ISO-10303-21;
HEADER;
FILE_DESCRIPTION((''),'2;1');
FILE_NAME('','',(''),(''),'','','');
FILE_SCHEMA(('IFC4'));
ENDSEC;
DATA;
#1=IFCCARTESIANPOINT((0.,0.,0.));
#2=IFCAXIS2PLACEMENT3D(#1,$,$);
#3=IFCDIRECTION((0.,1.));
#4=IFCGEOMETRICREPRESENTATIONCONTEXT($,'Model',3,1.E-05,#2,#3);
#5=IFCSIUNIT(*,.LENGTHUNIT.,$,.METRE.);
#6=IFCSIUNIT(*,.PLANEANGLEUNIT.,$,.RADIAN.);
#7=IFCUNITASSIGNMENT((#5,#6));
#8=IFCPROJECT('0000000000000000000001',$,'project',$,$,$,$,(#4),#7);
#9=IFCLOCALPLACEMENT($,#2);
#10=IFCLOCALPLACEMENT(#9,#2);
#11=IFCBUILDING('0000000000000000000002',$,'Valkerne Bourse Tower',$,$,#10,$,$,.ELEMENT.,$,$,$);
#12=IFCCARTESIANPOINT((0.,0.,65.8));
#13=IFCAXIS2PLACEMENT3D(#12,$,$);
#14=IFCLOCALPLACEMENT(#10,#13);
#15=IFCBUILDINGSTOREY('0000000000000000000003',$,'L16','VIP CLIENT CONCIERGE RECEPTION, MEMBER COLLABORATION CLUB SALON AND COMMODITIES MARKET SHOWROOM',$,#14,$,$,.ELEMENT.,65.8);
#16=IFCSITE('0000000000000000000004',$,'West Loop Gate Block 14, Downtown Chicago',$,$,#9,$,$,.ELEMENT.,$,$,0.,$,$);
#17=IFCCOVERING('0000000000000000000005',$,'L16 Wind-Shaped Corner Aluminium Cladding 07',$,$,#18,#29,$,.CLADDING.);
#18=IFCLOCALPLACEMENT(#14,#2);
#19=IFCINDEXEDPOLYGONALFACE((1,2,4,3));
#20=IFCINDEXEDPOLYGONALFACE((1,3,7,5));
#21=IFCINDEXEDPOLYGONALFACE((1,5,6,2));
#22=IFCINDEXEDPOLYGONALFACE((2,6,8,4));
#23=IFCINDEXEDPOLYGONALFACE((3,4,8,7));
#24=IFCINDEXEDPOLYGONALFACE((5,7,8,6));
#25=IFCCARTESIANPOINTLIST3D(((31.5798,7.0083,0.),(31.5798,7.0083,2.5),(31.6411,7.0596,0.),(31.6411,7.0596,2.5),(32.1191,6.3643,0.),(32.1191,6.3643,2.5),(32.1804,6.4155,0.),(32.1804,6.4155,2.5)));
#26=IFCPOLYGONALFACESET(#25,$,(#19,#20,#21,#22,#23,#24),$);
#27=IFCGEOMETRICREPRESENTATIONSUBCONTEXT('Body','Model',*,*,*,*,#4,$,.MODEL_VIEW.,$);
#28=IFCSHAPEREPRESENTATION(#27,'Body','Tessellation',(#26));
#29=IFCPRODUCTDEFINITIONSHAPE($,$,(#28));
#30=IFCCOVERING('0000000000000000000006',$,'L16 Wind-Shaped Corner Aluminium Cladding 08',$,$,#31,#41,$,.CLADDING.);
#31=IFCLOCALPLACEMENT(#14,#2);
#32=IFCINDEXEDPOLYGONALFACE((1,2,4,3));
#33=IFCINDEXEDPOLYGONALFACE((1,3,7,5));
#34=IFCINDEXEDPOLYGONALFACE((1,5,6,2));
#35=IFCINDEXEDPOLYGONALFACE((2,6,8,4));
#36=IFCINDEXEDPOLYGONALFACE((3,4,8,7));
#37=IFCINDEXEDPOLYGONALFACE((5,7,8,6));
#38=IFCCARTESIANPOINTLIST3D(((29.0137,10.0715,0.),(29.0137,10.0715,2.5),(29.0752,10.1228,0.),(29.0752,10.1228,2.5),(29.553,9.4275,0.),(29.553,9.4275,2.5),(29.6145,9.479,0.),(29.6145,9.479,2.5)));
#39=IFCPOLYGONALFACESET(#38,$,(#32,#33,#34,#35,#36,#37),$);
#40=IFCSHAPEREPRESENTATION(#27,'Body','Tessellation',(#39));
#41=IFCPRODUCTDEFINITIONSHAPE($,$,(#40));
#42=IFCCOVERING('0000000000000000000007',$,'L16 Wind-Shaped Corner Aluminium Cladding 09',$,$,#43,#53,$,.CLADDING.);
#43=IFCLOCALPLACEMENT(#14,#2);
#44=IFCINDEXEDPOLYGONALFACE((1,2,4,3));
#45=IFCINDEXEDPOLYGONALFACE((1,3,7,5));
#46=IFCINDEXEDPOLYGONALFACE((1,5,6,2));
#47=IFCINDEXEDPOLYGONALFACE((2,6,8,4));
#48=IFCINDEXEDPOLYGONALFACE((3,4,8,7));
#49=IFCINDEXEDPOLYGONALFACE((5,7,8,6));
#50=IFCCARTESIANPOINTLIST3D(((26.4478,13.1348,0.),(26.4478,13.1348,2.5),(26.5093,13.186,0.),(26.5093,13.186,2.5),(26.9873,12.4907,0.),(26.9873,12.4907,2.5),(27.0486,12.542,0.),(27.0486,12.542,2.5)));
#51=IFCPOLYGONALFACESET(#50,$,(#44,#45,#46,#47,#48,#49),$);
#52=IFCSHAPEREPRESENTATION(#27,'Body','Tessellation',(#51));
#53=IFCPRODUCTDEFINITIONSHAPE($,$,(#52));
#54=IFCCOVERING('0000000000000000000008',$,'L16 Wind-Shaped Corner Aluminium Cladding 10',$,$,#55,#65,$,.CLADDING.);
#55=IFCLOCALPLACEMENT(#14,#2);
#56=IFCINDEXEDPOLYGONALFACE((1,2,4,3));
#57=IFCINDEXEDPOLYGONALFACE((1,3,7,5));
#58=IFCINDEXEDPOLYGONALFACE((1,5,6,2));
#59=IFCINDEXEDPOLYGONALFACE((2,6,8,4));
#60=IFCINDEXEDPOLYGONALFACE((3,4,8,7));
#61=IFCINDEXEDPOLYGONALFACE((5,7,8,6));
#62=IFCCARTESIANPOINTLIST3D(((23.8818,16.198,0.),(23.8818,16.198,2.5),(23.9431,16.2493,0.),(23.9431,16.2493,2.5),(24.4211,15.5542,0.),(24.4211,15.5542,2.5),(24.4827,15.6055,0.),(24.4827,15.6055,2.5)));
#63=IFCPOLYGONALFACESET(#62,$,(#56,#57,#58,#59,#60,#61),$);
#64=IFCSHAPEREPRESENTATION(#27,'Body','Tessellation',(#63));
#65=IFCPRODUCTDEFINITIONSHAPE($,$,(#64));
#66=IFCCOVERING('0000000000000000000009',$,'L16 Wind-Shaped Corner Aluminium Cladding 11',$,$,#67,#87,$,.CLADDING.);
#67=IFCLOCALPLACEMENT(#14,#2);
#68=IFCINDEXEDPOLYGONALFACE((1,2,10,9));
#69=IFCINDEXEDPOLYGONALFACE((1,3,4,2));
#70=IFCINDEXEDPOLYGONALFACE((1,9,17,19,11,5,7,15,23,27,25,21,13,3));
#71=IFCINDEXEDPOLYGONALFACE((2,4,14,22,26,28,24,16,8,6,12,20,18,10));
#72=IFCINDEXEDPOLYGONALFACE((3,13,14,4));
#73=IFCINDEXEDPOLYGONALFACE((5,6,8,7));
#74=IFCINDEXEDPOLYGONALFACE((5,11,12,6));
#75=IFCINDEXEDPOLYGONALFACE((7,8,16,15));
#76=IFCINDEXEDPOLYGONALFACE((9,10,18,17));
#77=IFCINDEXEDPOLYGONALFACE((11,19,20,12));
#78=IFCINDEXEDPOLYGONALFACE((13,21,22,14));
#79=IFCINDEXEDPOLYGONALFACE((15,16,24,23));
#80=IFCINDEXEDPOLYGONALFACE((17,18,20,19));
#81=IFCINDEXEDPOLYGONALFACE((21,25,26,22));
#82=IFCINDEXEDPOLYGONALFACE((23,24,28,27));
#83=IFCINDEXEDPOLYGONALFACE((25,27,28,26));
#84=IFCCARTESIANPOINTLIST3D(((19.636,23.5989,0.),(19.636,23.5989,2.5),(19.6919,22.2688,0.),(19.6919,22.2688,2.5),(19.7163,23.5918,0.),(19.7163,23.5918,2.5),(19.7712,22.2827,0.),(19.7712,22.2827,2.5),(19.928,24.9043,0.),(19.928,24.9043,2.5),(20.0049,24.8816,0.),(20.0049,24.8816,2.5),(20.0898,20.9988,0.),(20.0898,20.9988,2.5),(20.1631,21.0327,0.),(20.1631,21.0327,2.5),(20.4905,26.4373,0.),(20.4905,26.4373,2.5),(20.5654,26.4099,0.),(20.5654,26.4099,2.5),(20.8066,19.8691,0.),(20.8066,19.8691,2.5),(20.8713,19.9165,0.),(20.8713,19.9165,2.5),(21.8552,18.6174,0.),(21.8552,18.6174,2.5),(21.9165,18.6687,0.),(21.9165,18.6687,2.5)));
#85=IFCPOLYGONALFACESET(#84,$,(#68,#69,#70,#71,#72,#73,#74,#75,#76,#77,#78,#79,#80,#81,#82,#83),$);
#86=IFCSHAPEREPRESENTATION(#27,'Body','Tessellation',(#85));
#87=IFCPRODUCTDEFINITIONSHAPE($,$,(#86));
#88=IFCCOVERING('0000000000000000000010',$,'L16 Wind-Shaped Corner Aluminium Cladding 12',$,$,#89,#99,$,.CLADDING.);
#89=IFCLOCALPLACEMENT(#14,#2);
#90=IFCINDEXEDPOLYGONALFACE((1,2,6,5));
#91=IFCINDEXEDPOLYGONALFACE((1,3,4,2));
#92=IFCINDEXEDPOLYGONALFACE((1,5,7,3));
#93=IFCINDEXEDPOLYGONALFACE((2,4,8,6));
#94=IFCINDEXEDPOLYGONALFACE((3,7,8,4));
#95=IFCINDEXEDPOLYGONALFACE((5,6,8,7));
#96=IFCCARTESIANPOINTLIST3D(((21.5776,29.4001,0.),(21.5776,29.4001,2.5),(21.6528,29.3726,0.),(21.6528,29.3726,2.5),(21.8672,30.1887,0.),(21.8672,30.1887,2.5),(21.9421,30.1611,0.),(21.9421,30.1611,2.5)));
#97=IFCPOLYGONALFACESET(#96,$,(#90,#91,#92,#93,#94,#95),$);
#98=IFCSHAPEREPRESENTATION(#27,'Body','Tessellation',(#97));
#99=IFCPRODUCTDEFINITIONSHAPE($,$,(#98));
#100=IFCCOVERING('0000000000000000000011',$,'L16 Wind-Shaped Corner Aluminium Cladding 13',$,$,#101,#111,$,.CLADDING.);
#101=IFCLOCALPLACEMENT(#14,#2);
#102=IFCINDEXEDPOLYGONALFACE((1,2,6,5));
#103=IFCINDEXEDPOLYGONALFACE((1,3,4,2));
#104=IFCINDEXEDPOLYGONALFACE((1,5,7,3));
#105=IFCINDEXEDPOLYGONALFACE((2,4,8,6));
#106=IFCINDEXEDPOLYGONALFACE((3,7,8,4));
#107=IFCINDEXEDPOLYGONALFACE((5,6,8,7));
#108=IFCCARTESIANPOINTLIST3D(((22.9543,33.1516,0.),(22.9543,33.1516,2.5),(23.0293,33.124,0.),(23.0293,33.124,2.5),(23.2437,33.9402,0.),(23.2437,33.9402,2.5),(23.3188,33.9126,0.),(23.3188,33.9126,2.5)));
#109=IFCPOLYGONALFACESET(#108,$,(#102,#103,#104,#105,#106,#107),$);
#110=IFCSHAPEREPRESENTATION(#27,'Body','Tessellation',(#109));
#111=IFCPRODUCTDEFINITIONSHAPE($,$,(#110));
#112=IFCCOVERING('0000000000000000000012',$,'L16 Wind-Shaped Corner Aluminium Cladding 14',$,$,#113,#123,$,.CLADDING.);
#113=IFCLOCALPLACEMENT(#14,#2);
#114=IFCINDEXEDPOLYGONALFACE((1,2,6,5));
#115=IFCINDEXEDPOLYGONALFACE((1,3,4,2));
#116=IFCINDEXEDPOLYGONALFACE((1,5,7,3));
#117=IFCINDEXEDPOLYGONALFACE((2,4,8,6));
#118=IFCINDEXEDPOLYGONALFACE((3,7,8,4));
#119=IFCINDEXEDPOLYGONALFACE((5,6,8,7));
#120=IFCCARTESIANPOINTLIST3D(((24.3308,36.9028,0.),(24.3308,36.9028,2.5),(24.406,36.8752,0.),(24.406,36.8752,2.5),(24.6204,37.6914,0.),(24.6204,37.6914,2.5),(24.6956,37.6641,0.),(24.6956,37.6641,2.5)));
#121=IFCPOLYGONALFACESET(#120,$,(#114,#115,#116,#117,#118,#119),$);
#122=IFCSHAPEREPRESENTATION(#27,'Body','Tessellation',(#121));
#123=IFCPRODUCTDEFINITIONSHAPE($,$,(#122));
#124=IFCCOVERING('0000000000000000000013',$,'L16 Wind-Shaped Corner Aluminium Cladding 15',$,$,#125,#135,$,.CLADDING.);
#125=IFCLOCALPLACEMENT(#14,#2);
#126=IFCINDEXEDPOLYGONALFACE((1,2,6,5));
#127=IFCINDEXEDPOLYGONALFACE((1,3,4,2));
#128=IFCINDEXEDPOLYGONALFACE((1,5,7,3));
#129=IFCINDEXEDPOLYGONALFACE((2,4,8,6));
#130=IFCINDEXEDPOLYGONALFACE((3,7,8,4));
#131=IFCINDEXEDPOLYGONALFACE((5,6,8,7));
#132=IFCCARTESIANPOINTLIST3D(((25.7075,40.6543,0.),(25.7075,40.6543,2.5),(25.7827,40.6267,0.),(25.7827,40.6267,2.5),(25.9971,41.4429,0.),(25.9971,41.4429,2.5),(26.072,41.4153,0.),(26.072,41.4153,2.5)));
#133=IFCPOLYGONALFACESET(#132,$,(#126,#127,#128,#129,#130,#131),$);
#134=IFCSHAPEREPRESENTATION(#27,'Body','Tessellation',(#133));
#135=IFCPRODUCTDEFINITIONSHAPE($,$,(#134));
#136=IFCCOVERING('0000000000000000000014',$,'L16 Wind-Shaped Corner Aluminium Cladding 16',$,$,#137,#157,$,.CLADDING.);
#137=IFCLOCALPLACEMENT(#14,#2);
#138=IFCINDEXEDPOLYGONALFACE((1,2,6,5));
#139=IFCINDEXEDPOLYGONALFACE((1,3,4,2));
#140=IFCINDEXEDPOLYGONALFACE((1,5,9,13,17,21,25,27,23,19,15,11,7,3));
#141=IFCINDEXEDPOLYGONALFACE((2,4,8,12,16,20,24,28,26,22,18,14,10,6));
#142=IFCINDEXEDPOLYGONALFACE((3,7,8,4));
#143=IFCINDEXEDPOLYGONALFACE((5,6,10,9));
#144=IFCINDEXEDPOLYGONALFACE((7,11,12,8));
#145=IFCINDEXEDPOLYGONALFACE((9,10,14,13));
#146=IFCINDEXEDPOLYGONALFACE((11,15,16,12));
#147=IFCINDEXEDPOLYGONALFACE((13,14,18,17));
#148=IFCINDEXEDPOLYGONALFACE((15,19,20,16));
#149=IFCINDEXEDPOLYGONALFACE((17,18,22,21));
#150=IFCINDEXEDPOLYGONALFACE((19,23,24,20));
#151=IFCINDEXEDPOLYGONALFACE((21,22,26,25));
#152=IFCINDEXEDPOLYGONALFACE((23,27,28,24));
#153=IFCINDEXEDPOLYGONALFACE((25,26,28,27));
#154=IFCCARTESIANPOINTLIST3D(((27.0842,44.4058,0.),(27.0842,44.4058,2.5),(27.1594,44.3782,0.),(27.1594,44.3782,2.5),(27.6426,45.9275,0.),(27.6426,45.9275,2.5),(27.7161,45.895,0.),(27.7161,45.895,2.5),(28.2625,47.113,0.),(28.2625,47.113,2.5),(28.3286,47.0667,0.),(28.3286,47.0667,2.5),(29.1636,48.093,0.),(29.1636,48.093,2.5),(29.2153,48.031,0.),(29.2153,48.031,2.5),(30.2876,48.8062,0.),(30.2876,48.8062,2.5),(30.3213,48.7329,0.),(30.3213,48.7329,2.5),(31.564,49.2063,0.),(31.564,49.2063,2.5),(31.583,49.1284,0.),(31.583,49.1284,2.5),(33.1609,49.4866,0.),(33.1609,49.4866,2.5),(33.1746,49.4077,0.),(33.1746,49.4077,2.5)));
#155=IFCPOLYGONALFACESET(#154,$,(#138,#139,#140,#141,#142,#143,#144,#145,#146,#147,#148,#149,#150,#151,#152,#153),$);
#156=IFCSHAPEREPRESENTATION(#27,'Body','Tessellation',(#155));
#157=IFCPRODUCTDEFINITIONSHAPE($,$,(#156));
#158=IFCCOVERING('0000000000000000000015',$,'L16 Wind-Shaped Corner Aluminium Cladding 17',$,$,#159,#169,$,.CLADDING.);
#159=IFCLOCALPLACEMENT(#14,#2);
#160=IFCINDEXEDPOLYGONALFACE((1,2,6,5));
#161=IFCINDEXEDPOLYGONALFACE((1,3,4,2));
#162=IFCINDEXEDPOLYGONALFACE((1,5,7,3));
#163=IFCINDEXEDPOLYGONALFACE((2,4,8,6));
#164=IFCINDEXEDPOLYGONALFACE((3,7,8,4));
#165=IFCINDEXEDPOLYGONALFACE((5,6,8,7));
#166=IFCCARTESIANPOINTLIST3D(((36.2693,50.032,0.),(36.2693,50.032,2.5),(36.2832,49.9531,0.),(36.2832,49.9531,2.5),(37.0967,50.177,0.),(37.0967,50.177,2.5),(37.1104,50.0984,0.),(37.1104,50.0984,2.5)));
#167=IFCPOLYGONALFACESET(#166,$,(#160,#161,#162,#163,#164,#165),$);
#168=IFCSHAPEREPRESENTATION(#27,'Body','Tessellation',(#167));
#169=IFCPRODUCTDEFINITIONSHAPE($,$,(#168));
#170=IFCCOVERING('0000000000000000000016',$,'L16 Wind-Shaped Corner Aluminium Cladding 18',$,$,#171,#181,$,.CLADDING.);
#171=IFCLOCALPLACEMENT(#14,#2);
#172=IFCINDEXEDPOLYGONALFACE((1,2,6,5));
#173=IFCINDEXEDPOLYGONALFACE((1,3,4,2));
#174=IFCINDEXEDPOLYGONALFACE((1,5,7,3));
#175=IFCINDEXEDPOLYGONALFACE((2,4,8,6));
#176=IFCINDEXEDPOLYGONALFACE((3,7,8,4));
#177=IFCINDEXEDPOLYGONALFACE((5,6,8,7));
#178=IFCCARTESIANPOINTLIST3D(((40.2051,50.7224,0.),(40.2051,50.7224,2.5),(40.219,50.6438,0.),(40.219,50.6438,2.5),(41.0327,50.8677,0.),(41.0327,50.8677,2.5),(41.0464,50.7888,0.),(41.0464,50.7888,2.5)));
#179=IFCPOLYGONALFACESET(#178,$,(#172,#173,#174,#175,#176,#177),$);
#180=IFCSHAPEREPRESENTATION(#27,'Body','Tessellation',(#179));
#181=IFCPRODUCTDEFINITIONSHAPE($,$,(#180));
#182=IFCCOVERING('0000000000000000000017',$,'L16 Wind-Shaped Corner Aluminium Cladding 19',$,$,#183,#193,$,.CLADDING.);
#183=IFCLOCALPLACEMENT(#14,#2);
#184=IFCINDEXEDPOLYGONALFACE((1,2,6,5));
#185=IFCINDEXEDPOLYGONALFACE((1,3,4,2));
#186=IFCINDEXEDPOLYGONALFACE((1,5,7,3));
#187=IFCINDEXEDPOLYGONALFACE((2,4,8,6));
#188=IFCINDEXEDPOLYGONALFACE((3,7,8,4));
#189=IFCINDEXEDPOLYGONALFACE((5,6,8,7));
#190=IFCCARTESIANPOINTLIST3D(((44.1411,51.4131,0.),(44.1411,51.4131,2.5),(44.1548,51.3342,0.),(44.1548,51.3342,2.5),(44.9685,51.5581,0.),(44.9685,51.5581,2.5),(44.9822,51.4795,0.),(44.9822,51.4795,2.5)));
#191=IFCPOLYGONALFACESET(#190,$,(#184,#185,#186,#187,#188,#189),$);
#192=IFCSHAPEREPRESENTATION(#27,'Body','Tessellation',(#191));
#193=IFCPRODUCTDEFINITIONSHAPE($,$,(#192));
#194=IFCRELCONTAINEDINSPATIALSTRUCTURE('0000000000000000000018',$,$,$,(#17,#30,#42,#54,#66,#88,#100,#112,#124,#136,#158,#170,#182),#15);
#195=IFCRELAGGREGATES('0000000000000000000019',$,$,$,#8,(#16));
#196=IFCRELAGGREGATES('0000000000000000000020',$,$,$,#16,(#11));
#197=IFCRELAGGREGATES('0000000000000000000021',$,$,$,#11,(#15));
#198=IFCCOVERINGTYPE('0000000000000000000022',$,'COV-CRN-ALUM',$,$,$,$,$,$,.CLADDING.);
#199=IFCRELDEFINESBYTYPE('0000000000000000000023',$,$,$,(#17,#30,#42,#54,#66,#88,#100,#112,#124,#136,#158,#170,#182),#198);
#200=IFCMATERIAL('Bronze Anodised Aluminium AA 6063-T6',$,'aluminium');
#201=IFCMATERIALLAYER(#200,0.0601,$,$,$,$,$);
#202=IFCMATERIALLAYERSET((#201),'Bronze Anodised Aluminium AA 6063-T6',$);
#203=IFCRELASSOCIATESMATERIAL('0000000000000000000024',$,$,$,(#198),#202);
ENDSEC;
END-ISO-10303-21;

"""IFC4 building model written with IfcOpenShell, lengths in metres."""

from ifc_helpers import new_model, si_unit, direction, frame, origin, place, context, subcontext, project, spatial, polyline, outline, extrude, material, layer, layer_set, type_object, element, save


model = new_model("IFC4")

# Units and contexts
model_context = context("Model", 3, precision=1e-05, world=origin(), true_north=direction((0.0, 1.0)))
body_context = subcontext(model_context, "Body", "Model", "MODEL_VIEW")
ifc_project = project(units=[si_unit("LENGTHUNIT", "METRE"), si_unit("PLANEANGLEUNIT", "RADIAN")], contexts=[model_context])

# Site, building, storey
site_placement = place(None, origin())
site = spatial("IfcSite", under=ifc_project, at=site_placement, Name="West Loop Gate Block 14, Downtown Chicago", CompositionType="ELEMENT", RefElevation=0.0)
building_placement = place(site_placement, origin())
building = spatial("IfcBuilding", under=site, at=building_placement, Name="Valkerne Bourse Tower", CompositionType="ELEMENT")
storey_placement = place(building_placement, frame((0.0, 0.0, 65.8)))
storey = spatial("IfcBuildingStorey", under=building, at=storey_placement, Name="L16", Description="VIP CLIENT CONCIERGE RECEPTION, MEMBER COLLABORATION CLUB SALON AND COMMODITIES MARKET SHOWROOM", CompositionType="ELEMENT", Elevation=65.8)

# Coverings
ifc_material_1 = material(Name="Bronze Anodised Aluminium AA 6063-T6", Category="aluminium")
ifc_layer_1 = layer(ifc_material_1, 0.0601)
ifc_layer_set_1 = layer_set([ifc_layer_1], Name="Bronze Anodised Aluminium AA 6063-T6")
covering_type = type_object("IfcCoveringType", Name="COV-CRN-ALUM", PredefinedType="CLADDING", material=ifc_layer_set_1)
covering_1_placement = place(storey_placement, origin())
element("IfcCovering", 1, at=covering_1_placement, inside=storey, type_object=covering_type, Name="L16 Wind-Shaped Corner Aluminium Cladding 07", PredefinedType="CLADDING", context=body_context, shape_type="SweptSolid", body=[
    extrude(outline(polyline([(31.5798, 7.0083), (31.6411, 7.0596), (32.1804, 6.4155), (32.1191, 6.3643), (31.5798, 7.0083)])), origin(), (0.0, 0.0, 1.0), 2.5),
])
covering_2_placement = place(storey_placement, origin())
element("IfcCovering", 2, at=covering_2_placement, inside=storey, type_object=covering_type, Name="L16 Wind-Shaped Corner Aluminium Cladding 08", PredefinedType="CLADDING", context=body_context, shape_type="SweptSolid", body=[
    extrude(outline(polyline([(29.0137, 10.0715), (29.0752, 10.1228), (29.6145, 9.479), (29.553, 9.4275), (29.0137, 10.0715)])), origin(), (0.0, 0.0, 1.0), 2.5),
])
covering_3_placement = place(storey_placement, origin())
element("IfcCovering", 3, at=covering_3_placement, inside=storey, type_object=covering_type, Name="L16 Wind-Shaped Corner Aluminium Cladding 09", PredefinedType="CLADDING", context=body_context, shape_type="SweptSolid", body=[
    extrude(outline(polyline([(26.4478, 13.1348), (26.5093, 13.186), (27.0486, 12.542), (26.9873, 12.4907), (26.4478, 13.1348)])), origin(), (0.0, 0.0, 1.0), 2.5),
])
covering_4_placement = place(storey_placement, origin())
element("IfcCovering", 4, at=covering_4_placement, inside=storey, type_object=covering_type, Name="L16 Wind-Shaped Corner Aluminium Cladding 10", PredefinedType="CLADDING", context=body_context, shape_type="SweptSolid", body=[
    extrude(outline(polyline([(23.8818, 16.198), (23.9431, 16.2493), (24.4827, 15.6055), (24.4211, 15.5542), (23.8818, 16.198)])), origin(), (0.0, 0.0, 1.0), 2.5),
])
covering_5_placement = place(storey_placement, origin())
element("IfcCovering", 5, at=covering_5_placement, inside=storey, type_object=covering_type, Name="L16 Wind-Shaped Corner Aluminium Cladding 11", PredefinedType="CLADDING", context=body_context, shape_type="SweptSolid", body=[
    extrude(outline(polyline([(20.8066, 19.8691), (20.0898, 20.9988), (19.6919, 22.2688), (19.636, 23.5989), (19.928, 24.9043), (20.4905, 26.4373), (20.5654, 26.4099), (20.0049, 24.8816), (19.7163, 23.5918), (19.7712, 22.2827), (20.1631, 21.0327), (20.8713, 19.9165), (21.9165, 18.6687), (21.8552, 18.6174), (20.8066, 19.8691)])), origin(), (0.0, 0.0, 1.0), 2.5),
])
covering_6_placement = place(storey_placement, origin())
element("IfcCovering", 6, at=covering_6_placement, inside=storey, type_object=covering_type, Name="L16 Wind-Shaped Corner Aluminium Cladding 12", PredefinedType="CLADDING", context=body_context, shape_type="SweptSolid", body=[
    extrude(outline(polyline([(21.8672, 30.1887), (21.9421, 30.1611), (21.6528, 29.3726), (21.5776, 29.4001), (21.8672, 30.1887)])), origin(), (0.0, 0.0, 1.0), 2.5),
])
covering_7_placement = place(storey_placement, origin())
element("IfcCovering", 7, at=covering_7_placement, inside=storey, type_object=covering_type, Name="L16 Wind-Shaped Corner Aluminium Cladding 13", PredefinedType="CLADDING", context=body_context, shape_type="SweptSolid", body=[
    extrude(outline(polyline([(23.2437, 33.9402), (23.3188, 33.9126), (23.0293, 33.124), (22.9543, 33.1516), (23.2437, 33.9402)])), origin(), (0.0, 0.0, 1.0), 2.5),
])
covering_8_placement = place(storey_placement, origin())
element("IfcCovering", 8, at=covering_8_placement, inside=storey, type_object=covering_type, Name="L16 Wind-Shaped Corner Aluminium Cladding 14", PredefinedType="CLADDING", context=body_context, shape_type="SweptSolid", body=[
    extrude(outline(polyline([(24.6204, 37.6914), (24.6956, 37.6641), (24.406, 36.8752), (24.3308, 36.9028), (24.6204, 37.6914)])), origin(), (0.0, 0.0, 1.0), 2.5),
])
covering_9_placement = place(storey_placement, origin())
element("IfcCovering", 9, at=covering_9_placement, inside=storey, type_object=covering_type, Name="L16 Wind-Shaped Corner Aluminium Cladding 15", PredefinedType="CLADDING", context=body_context, shape_type="SweptSolid", body=[
    extrude(outline(polyline([(25.9971, 41.4429), (26.072, 41.4153), (25.7827, 40.6267), (25.7075, 40.6543), (25.9971, 41.4429)])), origin(), (0.0, 0.0, 1.0), 2.5),
])
covering_10_placement = place(storey_placement, origin())
element("IfcCovering", 10, at=covering_10_placement, inside=storey, type_object=covering_type, Name="L16 Wind-Shaped Corner Aluminium Cladding 16", PredefinedType="CLADDING", context=body_context, shape_type="SweptSolid", body=[
    extrude(outline(polyline([(27.6426, 45.9275), (28.2625, 47.113), (29.1636, 48.093), (30.2876, 48.8062), (31.564, 49.2063), (33.1609, 49.4866), (33.1746, 49.4077), (31.583, 49.1284), (30.3213, 48.7329), (29.2153, 48.031), (28.3286, 47.0667), (27.7161, 45.895), (27.1594, 44.3782), (27.0842, 44.4058), (27.6426, 45.9275)])), origin(), (0.0, 0.0, 1.0), 2.5),
])
covering_11_placement = place(storey_placement, origin())
element("IfcCovering", 11, at=covering_11_placement, inside=storey, type_object=covering_type, Name="L16 Wind-Shaped Corner Aluminium Cladding 17", PredefinedType="CLADDING", context=body_context, shape_type="SweptSolid", body=[
    extrude(outline(polyline([(37.0967, 50.177), (37.1104, 50.0984), (36.2832, 49.9531), (36.2693, 50.032), (37.0967, 50.177)])), origin(), (0.0, 0.0, 1.0), 2.5),
])
covering_12_placement = place(storey_placement, origin())
element("IfcCovering", 12, at=covering_12_placement, inside=storey, type_object=covering_type, Name="L16 Wind-Shaped Corner Aluminium Cladding 18", PredefinedType="CLADDING", context=body_context, shape_type="SweptSolid", body=[
    extrude(outline(polyline([(41.0327, 50.8677), (41.0464, 50.7888), (40.219, 50.6438), (40.2051, 50.7224), (41.0327, 50.8677)])), origin(), (0.0, 0.0, 1.0), 2.5),
])
covering_13_placement = place(storey_placement, origin())
element("IfcCovering", 13, at=covering_13_placement, inside=storey, type_object=covering_type, Name="L16 Wind-Shaped Corner Aluminium Cladding 19", PredefinedType="CLADDING", context=body_context, shape_type="SweptSolid", body=[
    extrude(outline(polyline([(44.9685, 51.5581), (44.9822, 51.4795), (44.1548, 51.3342), (44.1411, 51.4131), (44.9685, 51.5581)])), origin(), (0.0, 0.0, 1.0), 2.5),
])

save(model, "model.ifc")
